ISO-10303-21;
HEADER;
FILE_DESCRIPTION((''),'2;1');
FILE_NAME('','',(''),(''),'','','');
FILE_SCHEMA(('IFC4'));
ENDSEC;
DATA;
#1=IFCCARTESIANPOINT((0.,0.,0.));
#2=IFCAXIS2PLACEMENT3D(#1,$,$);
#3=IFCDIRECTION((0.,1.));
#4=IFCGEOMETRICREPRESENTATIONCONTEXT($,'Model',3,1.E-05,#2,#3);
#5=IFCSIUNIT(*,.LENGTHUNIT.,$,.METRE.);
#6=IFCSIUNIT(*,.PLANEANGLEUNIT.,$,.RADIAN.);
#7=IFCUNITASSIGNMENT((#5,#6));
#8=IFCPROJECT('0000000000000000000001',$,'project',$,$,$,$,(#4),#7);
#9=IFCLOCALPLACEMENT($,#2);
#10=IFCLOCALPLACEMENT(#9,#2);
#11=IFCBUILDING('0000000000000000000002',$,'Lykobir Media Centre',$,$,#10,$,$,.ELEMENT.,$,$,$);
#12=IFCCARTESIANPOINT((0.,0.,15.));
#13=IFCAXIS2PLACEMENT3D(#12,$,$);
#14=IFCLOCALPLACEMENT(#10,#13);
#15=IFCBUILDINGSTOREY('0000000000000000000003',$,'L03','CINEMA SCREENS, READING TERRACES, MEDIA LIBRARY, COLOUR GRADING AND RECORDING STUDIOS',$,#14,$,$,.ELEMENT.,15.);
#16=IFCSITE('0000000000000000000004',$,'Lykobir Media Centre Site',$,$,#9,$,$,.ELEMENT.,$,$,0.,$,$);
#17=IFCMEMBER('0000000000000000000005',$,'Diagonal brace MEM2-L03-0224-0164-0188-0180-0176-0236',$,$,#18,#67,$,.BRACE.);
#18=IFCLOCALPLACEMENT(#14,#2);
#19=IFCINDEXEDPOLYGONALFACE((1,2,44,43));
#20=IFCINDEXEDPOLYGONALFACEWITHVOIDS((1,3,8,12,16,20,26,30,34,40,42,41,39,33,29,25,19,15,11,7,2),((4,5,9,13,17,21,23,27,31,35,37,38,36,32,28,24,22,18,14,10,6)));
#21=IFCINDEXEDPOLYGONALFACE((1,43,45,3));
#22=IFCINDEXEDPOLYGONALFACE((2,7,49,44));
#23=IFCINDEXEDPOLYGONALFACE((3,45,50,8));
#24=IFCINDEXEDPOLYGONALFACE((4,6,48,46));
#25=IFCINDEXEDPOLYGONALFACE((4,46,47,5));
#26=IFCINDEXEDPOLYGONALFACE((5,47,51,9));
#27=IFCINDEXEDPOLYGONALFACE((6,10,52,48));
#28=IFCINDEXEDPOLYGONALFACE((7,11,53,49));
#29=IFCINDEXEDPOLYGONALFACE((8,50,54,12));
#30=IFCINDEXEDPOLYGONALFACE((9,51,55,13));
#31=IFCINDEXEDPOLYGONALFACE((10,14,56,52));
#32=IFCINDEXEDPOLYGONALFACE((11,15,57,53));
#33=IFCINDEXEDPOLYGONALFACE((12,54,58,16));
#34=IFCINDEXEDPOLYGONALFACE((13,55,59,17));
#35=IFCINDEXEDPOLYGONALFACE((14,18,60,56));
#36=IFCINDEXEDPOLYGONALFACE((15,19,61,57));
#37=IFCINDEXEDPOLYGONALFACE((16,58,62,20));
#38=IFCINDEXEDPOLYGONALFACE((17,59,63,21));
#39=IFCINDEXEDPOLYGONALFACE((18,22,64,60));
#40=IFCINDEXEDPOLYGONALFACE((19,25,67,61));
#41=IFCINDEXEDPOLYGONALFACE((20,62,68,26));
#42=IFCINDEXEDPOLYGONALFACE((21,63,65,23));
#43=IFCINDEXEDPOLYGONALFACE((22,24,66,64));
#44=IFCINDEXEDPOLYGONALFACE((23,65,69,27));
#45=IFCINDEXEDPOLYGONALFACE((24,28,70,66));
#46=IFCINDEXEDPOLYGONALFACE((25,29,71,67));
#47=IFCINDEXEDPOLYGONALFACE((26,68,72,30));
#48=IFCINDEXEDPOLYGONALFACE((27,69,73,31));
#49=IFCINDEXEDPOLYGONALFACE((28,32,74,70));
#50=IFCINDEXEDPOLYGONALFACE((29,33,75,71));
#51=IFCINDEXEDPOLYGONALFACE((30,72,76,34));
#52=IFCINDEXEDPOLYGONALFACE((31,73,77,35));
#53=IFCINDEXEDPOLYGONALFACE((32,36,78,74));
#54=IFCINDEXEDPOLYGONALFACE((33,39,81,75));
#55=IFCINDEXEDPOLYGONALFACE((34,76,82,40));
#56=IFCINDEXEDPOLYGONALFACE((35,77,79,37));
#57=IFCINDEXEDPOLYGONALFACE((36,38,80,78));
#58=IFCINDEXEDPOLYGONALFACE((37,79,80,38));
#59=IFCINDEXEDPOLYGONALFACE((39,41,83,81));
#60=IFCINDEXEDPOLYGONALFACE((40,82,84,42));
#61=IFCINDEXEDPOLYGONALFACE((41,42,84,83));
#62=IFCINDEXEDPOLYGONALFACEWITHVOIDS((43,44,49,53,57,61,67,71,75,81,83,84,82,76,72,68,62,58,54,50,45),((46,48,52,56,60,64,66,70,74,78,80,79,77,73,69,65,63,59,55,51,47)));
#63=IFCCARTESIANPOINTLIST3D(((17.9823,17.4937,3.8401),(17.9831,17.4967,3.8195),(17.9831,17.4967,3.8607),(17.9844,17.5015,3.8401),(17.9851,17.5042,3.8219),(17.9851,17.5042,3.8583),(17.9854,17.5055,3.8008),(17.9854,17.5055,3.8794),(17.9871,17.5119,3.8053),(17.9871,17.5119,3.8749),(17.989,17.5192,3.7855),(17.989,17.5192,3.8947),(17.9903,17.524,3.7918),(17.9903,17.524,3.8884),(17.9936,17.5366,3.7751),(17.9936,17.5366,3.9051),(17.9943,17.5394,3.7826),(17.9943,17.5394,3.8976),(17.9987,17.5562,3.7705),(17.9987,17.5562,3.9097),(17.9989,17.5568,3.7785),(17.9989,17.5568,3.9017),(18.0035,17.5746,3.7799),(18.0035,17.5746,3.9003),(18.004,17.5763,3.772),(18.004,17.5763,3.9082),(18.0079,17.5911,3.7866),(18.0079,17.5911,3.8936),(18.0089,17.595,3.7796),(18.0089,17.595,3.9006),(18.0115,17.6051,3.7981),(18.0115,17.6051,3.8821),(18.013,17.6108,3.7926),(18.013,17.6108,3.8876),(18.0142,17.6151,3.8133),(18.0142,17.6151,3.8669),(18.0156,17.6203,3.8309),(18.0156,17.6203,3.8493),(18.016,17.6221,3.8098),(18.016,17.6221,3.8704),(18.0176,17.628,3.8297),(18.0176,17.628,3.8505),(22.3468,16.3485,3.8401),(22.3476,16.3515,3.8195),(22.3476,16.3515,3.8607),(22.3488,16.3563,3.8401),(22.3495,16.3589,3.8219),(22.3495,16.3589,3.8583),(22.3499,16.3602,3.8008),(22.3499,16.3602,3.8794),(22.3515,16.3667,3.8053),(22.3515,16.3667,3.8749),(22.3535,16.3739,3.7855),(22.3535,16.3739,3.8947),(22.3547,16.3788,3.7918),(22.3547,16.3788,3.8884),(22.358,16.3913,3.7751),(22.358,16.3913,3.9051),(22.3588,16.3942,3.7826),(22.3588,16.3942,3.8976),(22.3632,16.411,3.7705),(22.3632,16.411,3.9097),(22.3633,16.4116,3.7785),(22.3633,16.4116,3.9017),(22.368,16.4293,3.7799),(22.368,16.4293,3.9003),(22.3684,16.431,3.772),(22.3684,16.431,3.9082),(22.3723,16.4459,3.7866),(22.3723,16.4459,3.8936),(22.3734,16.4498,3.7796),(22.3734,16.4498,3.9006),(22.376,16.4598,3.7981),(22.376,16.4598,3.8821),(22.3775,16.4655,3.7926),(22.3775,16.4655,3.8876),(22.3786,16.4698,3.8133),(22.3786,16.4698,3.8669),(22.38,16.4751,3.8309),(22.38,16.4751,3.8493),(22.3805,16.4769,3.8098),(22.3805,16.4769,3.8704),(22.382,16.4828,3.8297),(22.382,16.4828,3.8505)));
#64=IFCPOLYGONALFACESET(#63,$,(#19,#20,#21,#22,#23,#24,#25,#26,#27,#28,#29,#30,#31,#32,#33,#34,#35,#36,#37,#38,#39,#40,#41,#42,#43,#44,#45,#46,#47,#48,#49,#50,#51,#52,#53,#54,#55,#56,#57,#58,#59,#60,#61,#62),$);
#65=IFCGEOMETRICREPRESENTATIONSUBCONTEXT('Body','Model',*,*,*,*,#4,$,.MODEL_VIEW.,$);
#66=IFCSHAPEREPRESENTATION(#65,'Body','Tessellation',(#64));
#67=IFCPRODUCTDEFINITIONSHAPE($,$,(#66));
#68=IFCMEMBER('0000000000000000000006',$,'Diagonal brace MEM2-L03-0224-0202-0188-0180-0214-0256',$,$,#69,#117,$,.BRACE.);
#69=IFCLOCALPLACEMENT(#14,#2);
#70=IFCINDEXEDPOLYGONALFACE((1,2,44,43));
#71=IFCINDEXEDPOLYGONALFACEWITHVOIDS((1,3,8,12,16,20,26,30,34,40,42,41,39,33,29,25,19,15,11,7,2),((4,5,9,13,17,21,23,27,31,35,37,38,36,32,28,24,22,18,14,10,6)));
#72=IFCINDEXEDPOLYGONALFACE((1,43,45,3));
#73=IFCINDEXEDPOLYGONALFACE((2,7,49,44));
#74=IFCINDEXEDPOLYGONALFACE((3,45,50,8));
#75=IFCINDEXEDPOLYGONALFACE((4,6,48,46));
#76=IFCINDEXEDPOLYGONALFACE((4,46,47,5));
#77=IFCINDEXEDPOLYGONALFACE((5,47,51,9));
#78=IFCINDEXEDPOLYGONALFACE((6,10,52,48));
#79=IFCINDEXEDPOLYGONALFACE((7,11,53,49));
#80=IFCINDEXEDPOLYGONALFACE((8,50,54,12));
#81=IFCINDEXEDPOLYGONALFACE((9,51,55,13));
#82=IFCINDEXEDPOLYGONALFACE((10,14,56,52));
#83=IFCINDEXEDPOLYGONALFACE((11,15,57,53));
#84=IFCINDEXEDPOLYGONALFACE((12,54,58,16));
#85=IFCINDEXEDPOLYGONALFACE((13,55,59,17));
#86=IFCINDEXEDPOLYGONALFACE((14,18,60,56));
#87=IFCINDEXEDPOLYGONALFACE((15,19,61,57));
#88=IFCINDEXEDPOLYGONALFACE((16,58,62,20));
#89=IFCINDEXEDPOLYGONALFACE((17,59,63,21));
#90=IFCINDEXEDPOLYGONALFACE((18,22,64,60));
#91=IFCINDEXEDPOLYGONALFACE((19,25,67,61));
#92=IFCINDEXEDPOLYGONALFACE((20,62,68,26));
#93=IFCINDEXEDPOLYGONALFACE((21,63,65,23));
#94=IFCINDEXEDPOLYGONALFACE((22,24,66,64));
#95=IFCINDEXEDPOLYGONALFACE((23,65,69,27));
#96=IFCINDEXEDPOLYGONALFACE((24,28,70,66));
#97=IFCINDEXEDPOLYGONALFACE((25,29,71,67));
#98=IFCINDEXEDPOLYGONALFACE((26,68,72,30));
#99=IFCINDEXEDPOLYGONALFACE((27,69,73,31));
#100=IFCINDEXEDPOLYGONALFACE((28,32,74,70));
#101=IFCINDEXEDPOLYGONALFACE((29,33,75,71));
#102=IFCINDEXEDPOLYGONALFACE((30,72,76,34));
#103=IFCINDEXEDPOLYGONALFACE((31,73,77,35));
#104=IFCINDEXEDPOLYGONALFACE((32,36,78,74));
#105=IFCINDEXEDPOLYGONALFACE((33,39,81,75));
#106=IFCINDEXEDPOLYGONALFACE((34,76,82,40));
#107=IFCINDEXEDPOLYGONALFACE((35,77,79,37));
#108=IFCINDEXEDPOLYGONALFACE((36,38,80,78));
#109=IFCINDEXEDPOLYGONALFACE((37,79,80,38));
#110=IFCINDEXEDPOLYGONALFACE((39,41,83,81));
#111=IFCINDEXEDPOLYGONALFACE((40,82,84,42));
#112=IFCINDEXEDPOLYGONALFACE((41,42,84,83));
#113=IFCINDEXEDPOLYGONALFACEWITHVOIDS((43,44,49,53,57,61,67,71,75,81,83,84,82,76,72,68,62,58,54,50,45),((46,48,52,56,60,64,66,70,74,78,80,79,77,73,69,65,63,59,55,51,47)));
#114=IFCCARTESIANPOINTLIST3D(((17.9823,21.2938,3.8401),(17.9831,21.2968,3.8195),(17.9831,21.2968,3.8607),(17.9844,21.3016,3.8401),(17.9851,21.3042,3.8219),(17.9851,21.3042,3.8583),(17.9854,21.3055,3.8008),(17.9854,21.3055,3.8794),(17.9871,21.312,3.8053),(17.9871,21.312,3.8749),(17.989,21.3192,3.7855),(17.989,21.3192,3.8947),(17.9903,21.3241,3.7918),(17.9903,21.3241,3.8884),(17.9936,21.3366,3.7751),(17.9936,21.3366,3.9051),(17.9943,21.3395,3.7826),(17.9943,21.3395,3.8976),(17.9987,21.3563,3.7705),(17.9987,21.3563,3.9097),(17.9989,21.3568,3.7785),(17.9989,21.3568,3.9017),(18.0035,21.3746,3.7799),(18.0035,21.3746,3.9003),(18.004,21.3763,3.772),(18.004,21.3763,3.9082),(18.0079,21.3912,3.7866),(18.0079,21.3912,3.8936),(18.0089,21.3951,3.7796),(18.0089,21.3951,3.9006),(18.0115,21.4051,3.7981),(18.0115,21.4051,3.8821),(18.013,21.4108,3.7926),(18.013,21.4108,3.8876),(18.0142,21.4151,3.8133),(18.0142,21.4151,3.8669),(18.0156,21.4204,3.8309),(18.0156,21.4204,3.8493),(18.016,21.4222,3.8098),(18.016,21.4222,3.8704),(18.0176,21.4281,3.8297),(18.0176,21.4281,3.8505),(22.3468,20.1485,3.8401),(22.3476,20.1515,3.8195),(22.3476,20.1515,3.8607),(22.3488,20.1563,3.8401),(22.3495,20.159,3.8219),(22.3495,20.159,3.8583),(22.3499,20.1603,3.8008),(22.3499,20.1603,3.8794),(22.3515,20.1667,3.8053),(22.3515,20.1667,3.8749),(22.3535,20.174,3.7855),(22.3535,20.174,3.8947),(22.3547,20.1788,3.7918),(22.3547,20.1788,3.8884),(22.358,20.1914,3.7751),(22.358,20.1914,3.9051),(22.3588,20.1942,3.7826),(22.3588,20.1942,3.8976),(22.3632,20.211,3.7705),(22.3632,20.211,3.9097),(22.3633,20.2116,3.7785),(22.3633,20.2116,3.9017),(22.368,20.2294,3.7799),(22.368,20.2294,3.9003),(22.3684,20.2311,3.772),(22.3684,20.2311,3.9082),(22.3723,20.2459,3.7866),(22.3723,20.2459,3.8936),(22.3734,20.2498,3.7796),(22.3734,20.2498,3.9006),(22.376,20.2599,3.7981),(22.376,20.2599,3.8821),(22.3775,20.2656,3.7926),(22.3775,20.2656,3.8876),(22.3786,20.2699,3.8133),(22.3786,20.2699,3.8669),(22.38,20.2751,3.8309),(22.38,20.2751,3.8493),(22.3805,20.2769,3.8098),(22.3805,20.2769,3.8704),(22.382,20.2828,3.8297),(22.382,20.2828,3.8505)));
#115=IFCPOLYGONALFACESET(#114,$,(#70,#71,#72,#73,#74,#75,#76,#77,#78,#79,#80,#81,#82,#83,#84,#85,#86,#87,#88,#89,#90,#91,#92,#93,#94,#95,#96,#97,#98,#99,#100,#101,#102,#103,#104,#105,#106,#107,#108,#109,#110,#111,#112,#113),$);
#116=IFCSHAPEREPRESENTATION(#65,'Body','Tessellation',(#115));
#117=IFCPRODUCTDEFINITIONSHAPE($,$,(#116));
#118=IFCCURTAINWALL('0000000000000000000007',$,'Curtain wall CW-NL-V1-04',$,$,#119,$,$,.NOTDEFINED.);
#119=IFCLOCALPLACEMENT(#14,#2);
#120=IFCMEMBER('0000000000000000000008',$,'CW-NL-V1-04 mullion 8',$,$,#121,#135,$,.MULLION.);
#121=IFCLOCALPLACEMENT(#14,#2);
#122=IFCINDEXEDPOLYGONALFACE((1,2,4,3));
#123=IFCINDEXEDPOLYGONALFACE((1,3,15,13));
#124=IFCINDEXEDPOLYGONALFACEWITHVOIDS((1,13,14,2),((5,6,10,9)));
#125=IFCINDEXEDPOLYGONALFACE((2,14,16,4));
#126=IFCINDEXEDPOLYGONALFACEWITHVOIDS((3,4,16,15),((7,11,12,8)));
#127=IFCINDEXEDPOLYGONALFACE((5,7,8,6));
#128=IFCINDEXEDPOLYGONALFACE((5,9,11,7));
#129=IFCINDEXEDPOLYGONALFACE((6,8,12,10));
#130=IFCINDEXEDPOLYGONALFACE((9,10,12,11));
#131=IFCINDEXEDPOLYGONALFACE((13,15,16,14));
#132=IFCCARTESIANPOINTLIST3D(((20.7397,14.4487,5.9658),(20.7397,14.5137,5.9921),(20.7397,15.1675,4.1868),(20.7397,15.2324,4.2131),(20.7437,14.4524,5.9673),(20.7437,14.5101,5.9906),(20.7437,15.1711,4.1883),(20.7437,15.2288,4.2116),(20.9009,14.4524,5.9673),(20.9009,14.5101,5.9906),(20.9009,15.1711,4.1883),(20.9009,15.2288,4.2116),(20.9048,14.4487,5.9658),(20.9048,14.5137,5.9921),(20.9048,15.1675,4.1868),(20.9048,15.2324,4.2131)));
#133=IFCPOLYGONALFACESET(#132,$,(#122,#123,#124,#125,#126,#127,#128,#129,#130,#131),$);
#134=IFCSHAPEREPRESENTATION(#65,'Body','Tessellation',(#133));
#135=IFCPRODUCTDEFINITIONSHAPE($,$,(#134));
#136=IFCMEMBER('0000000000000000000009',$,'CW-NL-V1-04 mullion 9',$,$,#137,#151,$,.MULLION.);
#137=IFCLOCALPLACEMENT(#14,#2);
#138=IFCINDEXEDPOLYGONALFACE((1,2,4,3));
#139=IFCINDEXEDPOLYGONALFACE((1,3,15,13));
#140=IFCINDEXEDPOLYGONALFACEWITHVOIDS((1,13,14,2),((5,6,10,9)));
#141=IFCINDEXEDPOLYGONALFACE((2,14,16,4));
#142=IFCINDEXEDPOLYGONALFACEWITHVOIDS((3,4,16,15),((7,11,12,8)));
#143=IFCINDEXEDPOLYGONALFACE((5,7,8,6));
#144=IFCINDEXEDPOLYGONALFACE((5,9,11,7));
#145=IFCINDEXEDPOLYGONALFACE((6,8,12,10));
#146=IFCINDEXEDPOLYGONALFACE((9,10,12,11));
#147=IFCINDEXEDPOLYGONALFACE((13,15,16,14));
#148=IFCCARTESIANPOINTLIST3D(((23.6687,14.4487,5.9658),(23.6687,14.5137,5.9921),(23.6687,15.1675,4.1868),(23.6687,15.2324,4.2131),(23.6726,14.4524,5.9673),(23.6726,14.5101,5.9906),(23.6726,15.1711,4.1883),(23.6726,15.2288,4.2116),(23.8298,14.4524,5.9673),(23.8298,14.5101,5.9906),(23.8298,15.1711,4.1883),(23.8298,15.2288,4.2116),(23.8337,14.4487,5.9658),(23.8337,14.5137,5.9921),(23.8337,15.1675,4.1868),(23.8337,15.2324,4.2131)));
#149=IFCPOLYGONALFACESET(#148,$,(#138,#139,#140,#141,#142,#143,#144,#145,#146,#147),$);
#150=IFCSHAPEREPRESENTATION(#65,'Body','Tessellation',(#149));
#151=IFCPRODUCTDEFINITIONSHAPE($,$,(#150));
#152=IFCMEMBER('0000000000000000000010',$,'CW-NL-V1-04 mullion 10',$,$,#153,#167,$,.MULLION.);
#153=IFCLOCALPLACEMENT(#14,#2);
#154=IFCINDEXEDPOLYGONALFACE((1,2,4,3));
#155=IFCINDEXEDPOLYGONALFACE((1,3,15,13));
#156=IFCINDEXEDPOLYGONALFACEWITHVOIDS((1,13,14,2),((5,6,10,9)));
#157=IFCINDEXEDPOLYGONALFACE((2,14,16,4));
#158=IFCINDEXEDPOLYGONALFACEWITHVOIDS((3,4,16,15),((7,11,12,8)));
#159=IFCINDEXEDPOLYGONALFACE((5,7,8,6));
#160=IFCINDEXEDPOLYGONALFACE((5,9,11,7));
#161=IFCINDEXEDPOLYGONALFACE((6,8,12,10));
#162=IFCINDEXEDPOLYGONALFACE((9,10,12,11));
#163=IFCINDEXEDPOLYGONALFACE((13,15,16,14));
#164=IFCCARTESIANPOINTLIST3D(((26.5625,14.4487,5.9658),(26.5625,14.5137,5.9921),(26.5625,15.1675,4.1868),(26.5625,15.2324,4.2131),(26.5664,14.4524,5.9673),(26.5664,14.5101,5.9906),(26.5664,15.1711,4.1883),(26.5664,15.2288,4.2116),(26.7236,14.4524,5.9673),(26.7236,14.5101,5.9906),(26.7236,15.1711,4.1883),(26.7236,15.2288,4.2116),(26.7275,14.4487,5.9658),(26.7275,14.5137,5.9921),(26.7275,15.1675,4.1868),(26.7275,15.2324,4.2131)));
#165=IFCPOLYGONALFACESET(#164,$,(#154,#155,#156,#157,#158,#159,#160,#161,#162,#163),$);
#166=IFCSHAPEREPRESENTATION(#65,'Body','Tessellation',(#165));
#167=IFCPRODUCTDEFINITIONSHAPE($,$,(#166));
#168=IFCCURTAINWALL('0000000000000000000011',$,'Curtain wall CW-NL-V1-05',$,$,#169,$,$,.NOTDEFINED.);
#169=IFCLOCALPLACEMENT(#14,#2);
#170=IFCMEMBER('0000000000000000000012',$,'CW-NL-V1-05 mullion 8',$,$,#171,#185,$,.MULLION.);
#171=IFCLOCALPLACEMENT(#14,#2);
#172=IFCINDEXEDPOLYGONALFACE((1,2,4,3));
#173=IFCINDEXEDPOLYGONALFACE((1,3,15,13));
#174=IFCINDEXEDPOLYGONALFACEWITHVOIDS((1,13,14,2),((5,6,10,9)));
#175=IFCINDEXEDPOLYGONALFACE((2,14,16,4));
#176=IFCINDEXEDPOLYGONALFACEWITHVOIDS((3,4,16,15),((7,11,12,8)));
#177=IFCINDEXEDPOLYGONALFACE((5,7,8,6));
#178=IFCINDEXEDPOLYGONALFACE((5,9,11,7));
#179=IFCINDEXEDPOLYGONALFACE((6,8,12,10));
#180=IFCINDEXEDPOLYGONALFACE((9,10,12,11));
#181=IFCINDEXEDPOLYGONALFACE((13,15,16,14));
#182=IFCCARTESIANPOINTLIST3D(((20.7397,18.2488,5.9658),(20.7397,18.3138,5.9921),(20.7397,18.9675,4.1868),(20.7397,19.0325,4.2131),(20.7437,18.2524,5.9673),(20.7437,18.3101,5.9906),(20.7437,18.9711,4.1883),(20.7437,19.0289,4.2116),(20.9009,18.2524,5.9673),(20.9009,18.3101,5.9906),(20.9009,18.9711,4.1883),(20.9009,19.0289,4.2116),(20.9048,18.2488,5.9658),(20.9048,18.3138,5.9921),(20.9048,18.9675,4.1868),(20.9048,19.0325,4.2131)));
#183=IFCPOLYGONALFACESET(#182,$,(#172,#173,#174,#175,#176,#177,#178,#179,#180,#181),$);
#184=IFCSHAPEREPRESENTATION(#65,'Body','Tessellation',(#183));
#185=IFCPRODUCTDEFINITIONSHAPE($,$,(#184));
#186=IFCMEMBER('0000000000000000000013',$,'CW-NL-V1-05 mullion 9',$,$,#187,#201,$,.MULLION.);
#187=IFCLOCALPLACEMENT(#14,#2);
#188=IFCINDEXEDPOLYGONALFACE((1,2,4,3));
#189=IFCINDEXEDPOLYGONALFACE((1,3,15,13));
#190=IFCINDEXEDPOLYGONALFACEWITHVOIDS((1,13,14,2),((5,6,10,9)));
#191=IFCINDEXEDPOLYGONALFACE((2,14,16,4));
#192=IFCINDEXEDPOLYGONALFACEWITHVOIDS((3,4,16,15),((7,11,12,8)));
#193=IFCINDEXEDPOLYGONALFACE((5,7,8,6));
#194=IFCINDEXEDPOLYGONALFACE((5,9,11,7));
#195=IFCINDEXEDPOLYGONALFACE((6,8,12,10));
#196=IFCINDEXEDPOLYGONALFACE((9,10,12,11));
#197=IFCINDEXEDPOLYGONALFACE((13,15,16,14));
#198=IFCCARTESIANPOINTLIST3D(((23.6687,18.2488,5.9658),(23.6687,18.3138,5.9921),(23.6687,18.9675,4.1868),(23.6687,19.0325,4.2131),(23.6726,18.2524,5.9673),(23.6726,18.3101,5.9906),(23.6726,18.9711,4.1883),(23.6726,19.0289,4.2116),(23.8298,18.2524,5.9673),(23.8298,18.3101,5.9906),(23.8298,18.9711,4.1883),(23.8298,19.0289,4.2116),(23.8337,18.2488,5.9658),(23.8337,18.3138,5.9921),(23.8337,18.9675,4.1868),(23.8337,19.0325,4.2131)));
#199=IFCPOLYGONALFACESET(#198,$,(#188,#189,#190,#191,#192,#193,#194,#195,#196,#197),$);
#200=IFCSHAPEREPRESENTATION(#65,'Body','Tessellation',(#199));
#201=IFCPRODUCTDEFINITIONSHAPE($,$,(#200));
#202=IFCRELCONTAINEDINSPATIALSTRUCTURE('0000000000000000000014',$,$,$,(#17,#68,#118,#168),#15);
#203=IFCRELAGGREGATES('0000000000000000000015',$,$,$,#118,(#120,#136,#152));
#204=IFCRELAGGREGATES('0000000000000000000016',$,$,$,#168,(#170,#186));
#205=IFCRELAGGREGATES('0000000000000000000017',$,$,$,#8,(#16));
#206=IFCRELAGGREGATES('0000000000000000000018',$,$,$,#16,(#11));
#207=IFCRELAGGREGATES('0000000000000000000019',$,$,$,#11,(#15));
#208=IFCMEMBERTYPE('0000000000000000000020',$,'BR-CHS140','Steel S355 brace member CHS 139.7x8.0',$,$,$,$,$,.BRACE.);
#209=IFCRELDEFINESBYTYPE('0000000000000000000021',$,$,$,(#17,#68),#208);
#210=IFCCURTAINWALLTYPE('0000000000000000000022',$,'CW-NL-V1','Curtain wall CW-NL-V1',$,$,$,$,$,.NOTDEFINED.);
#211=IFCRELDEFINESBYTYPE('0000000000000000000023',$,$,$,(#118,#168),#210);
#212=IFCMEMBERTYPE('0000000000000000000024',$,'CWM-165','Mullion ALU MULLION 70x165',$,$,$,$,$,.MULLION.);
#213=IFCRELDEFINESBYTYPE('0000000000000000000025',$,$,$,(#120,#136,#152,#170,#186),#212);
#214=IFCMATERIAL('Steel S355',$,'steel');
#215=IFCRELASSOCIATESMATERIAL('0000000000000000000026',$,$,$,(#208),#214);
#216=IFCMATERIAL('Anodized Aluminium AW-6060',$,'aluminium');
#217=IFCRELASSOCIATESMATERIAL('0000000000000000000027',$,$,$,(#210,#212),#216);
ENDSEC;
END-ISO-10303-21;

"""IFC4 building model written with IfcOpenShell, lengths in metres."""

from ifc_helpers import new_model, si_unit, direction, frame, origin, origin_2d, place, context, subcontext, project, spatial, hollow_rectangle, hollow_circle, extrude, material, material_profile, profile_set, type_object, element, aggregate, save


model = new_model("IFC4")

# Units and contexts
model_context = context("Model", 3, precision=1e-05, world=origin(), true_north=direction((0.0, 1.0)))
body_context = subcontext(model_context, "Body", "Model", "MODEL_VIEW")
ifc_project = project(units=[si_unit("LENGTHUNIT", "METRE"), si_unit("PLANEANGLEUNIT", "RADIAN")], contexts=[model_context])

# Site, building, storey
site_placement = place(None, origin())
site = spatial("IfcSite", under=ifc_project, at=site_placement, Name="Lykobir Media Centre Site", CompositionType="ELEMENT", RefElevation=0.0)
building_placement = place(site_placement, origin())
building = spatial("IfcBuilding", under=site, at=building_placement, Name="Lykobir Media Centre", CompositionType="ELEMENT")
storey_placement = place(building_placement, frame((0.0, 0.0, 15.0)))
storey = spatial("IfcBuildingStorey", under=building, at=storey_placement, Name="L03", Description="CINEMA SCREENS, READING TERRACES, MEDIA LIBRARY, COLOUR GRADING AND RECORDING STUDIOS", CompositionType="ELEMENT", Elevation=15.0)

# Members
ifc_material_1 = material(Name="Steel S355", Category="steel")
ifc_material_profile_1 = material_profile(ifc_material_1, hollow_circle(Radius=0.0698, WallThickness=0.0081, at=origin_2d()), Name="CHS 139.7x8.0")
ifc_profile_set_1 = profile_set([ifc_material_profile_1], Name="Steel S355")
member_type_1 = type_object("IfcMemberType", Name="BR-CHS140", Description="Steel S355 brace member CHS 139.7x8.0", PredefinedType="BRACE", material=ifc_profile_set_1)
for number, where, z_axis, x_axis, name in (
    (1, (22.3645, 16.416, 3.8401), (-0.967254, 0.253811, 0.0), (-0.253811, -0.967254, 0.0), "Diagonal brace MEM2-L03-0224-0164-0188-0180-0176-0236"),
    (2, (22.3645, 20.2161, 3.8401), (-0.967254, 0.253811, 0.0), (-0.253811, -0.967254, 0.0), "Diagonal brace MEM2-L03-0224-0202-0188-0180-0214-0256"),
):
    element("IfcMember", number, at=place(storey_placement, frame(where, z_axis=z_axis, x_axis=x_axis)), inside=storey, type_object=member_type_1, Name=name, PredefinedType="BRACE", context=body_context, shape_type="SweptSolid", body=[
        extrude(hollow_circle(Radius=0.0698, WallThickness=0.0081, at=origin_2d()), origin(), (0.0, 0.0, 1.0), 4.5122),
    ])

# Curtain walls, members
ifc_material_2 = material(Name="Anodized Aluminium AW-6060", Category="aluminium")
curtain_wall_type = type_object("IfcCurtainWallType", Name="CW-NL-V1", Description="Curtain wall CW-NL-V1", PredefinedType="NOTDEFINED", material=ifc_material_2)
curtain_wall_1_placement = place(storey_placement, origin())
curtain_wall_1 = element("IfcCurtainWall", 3, at=curtain_wall_1_placement, inside=storey, type_object=curtain_wall_type, Name="Curtain wall CW-NL-V1-04", PredefinedType="NOTDEFINED")
ifc_material_profile_2 = material_profile(ifc_material_2, hollow_rectangle(XDim=0.0701, YDim=0.165, WallThickness=0.0039, at=origin_2d()), Name="ALU MULLION 70x165")
ifc_profile_set_2 = profile_set([ifc_material_profile_2], Name="Anodized Aluminium AW-6060")
member_type_2 = type_object("IfcMemberType", Name="CWM-165", Description="Mullion ALU MULLION 70x165", PredefinedType="MULLION", material=ifc_profile_set_2)
member_1_placement = place(storey_placement, frame((20.8223, 15.2, 4.2), z_axis=(0.0, -0.374591, 0.92719), x_axis=(0.0, 0.92719, 0.374591)))
member_1 = element("IfcMember", 4, at=member_1_placement, type_object=member_type_2, Name="CW-NL-V1-04 mullion 8", PredefinedType="MULLION", context=body_context, shape_type="SweptSolid", body=[
    extrude(hollow_rectangle(XDim=0.0701, YDim=0.165, WallThickness=0.0039, at=origin_2d()), origin(), (0.0, 0.0, 1.0), 1.9187),
])
member_2_placement = place(storey_placement, frame((23.7512, 15.2, 4.2), z_axis=(0.0, -0.374591, 0.92719), x_axis=(0.0, 0.92719, 0.374591)))
member_2 = element("IfcMember", 5, at=member_2_placement, type_object=member_type_2, Name="CW-NL-V1-04 mullion 9", PredefinedType="MULLION", context=body_context, shape_type="SweptSolid", body=[
    extrude(hollow_rectangle(XDim=0.0701, YDim=0.165, WallThickness=0.0039, at=origin_2d()), origin(), (0.0, 0.0, 1.0), 1.9187),
])
member_3_placement = place(storey_placement, frame((26.645, 15.2, 4.2), z_axis=(0.0, -0.374591, 0.92719), x_axis=(0.0, 0.92719, 0.374591)))
member_3 = element("IfcMember", 6, at=member_3_placement, type_object=member_type_2, Name="CW-NL-V1-04 mullion 10", PredefinedType="MULLION", context=body_context, shape_type="SweptSolid", body=[
    extrude(hollow_rectangle(XDim=0.0701, YDim=0.165, WallThickness=0.0039, at=origin_2d()), origin(), (0.0, 0.0, 1.0), 1.9187),
])
aggregate(curtain_wall_1, [member_1, member_2, member_3])
curtain_wall_2_placement = place(storey_placement, origin())
curtain_wall_2 = element("IfcCurtainWall", 7, at=curtain_wall_2_placement, inside=storey, type_object=curtain_wall_type, Name="Curtain wall CW-NL-V1-05", PredefinedType="NOTDEFINED")
member_4_placement = place(storey_placement, frame((20.8223, 19.0, 4.2), z_axis=(0.0, -0.374591, 0.92719), x_axis=(0.0, 0.92719, 0.374591)))
member_4 = element("IfcMember", 8, at=member_4_placement, type_object=member_type_2, Name="CW-NL-V1-05 mullion 8", PredefinedType="MULLION", context=body_context, shape_type="SweptSolid", body=[
    extrude(hollow_rectangle(XDim=0.0701, YDim=0.165, WallThickness=0.0039, at=origin_2d()), origin(), (0.0, 0.0, 1.0), 1.9187),
])
member_5_placement = place(storey_placement, frame((23.7512, 19.0, 4.2), z_axis=(0.0, -0.374591, 0.92719), x_axis=(0.0, 0.92719, 0.374591)))
member_5 = element("IfcMember", 9, at=member_5_placement, type_object=member_type_2, Name="CW-NL-V1-05 mullion 9", PredefinedType="MULLION", context=body_context, shape_type="SweptSolid", body=[
    extrude(hollow_rectangle(XDim=0.0701, YDim=0.165, WallThickness=0.0039, at=origin_2d()), origin(), (0.0, 0.0, 1.0), 1.9187),
])

aggregate(curtain_wall_2, [member_4, member_5])

save(model, "model.ifc")
